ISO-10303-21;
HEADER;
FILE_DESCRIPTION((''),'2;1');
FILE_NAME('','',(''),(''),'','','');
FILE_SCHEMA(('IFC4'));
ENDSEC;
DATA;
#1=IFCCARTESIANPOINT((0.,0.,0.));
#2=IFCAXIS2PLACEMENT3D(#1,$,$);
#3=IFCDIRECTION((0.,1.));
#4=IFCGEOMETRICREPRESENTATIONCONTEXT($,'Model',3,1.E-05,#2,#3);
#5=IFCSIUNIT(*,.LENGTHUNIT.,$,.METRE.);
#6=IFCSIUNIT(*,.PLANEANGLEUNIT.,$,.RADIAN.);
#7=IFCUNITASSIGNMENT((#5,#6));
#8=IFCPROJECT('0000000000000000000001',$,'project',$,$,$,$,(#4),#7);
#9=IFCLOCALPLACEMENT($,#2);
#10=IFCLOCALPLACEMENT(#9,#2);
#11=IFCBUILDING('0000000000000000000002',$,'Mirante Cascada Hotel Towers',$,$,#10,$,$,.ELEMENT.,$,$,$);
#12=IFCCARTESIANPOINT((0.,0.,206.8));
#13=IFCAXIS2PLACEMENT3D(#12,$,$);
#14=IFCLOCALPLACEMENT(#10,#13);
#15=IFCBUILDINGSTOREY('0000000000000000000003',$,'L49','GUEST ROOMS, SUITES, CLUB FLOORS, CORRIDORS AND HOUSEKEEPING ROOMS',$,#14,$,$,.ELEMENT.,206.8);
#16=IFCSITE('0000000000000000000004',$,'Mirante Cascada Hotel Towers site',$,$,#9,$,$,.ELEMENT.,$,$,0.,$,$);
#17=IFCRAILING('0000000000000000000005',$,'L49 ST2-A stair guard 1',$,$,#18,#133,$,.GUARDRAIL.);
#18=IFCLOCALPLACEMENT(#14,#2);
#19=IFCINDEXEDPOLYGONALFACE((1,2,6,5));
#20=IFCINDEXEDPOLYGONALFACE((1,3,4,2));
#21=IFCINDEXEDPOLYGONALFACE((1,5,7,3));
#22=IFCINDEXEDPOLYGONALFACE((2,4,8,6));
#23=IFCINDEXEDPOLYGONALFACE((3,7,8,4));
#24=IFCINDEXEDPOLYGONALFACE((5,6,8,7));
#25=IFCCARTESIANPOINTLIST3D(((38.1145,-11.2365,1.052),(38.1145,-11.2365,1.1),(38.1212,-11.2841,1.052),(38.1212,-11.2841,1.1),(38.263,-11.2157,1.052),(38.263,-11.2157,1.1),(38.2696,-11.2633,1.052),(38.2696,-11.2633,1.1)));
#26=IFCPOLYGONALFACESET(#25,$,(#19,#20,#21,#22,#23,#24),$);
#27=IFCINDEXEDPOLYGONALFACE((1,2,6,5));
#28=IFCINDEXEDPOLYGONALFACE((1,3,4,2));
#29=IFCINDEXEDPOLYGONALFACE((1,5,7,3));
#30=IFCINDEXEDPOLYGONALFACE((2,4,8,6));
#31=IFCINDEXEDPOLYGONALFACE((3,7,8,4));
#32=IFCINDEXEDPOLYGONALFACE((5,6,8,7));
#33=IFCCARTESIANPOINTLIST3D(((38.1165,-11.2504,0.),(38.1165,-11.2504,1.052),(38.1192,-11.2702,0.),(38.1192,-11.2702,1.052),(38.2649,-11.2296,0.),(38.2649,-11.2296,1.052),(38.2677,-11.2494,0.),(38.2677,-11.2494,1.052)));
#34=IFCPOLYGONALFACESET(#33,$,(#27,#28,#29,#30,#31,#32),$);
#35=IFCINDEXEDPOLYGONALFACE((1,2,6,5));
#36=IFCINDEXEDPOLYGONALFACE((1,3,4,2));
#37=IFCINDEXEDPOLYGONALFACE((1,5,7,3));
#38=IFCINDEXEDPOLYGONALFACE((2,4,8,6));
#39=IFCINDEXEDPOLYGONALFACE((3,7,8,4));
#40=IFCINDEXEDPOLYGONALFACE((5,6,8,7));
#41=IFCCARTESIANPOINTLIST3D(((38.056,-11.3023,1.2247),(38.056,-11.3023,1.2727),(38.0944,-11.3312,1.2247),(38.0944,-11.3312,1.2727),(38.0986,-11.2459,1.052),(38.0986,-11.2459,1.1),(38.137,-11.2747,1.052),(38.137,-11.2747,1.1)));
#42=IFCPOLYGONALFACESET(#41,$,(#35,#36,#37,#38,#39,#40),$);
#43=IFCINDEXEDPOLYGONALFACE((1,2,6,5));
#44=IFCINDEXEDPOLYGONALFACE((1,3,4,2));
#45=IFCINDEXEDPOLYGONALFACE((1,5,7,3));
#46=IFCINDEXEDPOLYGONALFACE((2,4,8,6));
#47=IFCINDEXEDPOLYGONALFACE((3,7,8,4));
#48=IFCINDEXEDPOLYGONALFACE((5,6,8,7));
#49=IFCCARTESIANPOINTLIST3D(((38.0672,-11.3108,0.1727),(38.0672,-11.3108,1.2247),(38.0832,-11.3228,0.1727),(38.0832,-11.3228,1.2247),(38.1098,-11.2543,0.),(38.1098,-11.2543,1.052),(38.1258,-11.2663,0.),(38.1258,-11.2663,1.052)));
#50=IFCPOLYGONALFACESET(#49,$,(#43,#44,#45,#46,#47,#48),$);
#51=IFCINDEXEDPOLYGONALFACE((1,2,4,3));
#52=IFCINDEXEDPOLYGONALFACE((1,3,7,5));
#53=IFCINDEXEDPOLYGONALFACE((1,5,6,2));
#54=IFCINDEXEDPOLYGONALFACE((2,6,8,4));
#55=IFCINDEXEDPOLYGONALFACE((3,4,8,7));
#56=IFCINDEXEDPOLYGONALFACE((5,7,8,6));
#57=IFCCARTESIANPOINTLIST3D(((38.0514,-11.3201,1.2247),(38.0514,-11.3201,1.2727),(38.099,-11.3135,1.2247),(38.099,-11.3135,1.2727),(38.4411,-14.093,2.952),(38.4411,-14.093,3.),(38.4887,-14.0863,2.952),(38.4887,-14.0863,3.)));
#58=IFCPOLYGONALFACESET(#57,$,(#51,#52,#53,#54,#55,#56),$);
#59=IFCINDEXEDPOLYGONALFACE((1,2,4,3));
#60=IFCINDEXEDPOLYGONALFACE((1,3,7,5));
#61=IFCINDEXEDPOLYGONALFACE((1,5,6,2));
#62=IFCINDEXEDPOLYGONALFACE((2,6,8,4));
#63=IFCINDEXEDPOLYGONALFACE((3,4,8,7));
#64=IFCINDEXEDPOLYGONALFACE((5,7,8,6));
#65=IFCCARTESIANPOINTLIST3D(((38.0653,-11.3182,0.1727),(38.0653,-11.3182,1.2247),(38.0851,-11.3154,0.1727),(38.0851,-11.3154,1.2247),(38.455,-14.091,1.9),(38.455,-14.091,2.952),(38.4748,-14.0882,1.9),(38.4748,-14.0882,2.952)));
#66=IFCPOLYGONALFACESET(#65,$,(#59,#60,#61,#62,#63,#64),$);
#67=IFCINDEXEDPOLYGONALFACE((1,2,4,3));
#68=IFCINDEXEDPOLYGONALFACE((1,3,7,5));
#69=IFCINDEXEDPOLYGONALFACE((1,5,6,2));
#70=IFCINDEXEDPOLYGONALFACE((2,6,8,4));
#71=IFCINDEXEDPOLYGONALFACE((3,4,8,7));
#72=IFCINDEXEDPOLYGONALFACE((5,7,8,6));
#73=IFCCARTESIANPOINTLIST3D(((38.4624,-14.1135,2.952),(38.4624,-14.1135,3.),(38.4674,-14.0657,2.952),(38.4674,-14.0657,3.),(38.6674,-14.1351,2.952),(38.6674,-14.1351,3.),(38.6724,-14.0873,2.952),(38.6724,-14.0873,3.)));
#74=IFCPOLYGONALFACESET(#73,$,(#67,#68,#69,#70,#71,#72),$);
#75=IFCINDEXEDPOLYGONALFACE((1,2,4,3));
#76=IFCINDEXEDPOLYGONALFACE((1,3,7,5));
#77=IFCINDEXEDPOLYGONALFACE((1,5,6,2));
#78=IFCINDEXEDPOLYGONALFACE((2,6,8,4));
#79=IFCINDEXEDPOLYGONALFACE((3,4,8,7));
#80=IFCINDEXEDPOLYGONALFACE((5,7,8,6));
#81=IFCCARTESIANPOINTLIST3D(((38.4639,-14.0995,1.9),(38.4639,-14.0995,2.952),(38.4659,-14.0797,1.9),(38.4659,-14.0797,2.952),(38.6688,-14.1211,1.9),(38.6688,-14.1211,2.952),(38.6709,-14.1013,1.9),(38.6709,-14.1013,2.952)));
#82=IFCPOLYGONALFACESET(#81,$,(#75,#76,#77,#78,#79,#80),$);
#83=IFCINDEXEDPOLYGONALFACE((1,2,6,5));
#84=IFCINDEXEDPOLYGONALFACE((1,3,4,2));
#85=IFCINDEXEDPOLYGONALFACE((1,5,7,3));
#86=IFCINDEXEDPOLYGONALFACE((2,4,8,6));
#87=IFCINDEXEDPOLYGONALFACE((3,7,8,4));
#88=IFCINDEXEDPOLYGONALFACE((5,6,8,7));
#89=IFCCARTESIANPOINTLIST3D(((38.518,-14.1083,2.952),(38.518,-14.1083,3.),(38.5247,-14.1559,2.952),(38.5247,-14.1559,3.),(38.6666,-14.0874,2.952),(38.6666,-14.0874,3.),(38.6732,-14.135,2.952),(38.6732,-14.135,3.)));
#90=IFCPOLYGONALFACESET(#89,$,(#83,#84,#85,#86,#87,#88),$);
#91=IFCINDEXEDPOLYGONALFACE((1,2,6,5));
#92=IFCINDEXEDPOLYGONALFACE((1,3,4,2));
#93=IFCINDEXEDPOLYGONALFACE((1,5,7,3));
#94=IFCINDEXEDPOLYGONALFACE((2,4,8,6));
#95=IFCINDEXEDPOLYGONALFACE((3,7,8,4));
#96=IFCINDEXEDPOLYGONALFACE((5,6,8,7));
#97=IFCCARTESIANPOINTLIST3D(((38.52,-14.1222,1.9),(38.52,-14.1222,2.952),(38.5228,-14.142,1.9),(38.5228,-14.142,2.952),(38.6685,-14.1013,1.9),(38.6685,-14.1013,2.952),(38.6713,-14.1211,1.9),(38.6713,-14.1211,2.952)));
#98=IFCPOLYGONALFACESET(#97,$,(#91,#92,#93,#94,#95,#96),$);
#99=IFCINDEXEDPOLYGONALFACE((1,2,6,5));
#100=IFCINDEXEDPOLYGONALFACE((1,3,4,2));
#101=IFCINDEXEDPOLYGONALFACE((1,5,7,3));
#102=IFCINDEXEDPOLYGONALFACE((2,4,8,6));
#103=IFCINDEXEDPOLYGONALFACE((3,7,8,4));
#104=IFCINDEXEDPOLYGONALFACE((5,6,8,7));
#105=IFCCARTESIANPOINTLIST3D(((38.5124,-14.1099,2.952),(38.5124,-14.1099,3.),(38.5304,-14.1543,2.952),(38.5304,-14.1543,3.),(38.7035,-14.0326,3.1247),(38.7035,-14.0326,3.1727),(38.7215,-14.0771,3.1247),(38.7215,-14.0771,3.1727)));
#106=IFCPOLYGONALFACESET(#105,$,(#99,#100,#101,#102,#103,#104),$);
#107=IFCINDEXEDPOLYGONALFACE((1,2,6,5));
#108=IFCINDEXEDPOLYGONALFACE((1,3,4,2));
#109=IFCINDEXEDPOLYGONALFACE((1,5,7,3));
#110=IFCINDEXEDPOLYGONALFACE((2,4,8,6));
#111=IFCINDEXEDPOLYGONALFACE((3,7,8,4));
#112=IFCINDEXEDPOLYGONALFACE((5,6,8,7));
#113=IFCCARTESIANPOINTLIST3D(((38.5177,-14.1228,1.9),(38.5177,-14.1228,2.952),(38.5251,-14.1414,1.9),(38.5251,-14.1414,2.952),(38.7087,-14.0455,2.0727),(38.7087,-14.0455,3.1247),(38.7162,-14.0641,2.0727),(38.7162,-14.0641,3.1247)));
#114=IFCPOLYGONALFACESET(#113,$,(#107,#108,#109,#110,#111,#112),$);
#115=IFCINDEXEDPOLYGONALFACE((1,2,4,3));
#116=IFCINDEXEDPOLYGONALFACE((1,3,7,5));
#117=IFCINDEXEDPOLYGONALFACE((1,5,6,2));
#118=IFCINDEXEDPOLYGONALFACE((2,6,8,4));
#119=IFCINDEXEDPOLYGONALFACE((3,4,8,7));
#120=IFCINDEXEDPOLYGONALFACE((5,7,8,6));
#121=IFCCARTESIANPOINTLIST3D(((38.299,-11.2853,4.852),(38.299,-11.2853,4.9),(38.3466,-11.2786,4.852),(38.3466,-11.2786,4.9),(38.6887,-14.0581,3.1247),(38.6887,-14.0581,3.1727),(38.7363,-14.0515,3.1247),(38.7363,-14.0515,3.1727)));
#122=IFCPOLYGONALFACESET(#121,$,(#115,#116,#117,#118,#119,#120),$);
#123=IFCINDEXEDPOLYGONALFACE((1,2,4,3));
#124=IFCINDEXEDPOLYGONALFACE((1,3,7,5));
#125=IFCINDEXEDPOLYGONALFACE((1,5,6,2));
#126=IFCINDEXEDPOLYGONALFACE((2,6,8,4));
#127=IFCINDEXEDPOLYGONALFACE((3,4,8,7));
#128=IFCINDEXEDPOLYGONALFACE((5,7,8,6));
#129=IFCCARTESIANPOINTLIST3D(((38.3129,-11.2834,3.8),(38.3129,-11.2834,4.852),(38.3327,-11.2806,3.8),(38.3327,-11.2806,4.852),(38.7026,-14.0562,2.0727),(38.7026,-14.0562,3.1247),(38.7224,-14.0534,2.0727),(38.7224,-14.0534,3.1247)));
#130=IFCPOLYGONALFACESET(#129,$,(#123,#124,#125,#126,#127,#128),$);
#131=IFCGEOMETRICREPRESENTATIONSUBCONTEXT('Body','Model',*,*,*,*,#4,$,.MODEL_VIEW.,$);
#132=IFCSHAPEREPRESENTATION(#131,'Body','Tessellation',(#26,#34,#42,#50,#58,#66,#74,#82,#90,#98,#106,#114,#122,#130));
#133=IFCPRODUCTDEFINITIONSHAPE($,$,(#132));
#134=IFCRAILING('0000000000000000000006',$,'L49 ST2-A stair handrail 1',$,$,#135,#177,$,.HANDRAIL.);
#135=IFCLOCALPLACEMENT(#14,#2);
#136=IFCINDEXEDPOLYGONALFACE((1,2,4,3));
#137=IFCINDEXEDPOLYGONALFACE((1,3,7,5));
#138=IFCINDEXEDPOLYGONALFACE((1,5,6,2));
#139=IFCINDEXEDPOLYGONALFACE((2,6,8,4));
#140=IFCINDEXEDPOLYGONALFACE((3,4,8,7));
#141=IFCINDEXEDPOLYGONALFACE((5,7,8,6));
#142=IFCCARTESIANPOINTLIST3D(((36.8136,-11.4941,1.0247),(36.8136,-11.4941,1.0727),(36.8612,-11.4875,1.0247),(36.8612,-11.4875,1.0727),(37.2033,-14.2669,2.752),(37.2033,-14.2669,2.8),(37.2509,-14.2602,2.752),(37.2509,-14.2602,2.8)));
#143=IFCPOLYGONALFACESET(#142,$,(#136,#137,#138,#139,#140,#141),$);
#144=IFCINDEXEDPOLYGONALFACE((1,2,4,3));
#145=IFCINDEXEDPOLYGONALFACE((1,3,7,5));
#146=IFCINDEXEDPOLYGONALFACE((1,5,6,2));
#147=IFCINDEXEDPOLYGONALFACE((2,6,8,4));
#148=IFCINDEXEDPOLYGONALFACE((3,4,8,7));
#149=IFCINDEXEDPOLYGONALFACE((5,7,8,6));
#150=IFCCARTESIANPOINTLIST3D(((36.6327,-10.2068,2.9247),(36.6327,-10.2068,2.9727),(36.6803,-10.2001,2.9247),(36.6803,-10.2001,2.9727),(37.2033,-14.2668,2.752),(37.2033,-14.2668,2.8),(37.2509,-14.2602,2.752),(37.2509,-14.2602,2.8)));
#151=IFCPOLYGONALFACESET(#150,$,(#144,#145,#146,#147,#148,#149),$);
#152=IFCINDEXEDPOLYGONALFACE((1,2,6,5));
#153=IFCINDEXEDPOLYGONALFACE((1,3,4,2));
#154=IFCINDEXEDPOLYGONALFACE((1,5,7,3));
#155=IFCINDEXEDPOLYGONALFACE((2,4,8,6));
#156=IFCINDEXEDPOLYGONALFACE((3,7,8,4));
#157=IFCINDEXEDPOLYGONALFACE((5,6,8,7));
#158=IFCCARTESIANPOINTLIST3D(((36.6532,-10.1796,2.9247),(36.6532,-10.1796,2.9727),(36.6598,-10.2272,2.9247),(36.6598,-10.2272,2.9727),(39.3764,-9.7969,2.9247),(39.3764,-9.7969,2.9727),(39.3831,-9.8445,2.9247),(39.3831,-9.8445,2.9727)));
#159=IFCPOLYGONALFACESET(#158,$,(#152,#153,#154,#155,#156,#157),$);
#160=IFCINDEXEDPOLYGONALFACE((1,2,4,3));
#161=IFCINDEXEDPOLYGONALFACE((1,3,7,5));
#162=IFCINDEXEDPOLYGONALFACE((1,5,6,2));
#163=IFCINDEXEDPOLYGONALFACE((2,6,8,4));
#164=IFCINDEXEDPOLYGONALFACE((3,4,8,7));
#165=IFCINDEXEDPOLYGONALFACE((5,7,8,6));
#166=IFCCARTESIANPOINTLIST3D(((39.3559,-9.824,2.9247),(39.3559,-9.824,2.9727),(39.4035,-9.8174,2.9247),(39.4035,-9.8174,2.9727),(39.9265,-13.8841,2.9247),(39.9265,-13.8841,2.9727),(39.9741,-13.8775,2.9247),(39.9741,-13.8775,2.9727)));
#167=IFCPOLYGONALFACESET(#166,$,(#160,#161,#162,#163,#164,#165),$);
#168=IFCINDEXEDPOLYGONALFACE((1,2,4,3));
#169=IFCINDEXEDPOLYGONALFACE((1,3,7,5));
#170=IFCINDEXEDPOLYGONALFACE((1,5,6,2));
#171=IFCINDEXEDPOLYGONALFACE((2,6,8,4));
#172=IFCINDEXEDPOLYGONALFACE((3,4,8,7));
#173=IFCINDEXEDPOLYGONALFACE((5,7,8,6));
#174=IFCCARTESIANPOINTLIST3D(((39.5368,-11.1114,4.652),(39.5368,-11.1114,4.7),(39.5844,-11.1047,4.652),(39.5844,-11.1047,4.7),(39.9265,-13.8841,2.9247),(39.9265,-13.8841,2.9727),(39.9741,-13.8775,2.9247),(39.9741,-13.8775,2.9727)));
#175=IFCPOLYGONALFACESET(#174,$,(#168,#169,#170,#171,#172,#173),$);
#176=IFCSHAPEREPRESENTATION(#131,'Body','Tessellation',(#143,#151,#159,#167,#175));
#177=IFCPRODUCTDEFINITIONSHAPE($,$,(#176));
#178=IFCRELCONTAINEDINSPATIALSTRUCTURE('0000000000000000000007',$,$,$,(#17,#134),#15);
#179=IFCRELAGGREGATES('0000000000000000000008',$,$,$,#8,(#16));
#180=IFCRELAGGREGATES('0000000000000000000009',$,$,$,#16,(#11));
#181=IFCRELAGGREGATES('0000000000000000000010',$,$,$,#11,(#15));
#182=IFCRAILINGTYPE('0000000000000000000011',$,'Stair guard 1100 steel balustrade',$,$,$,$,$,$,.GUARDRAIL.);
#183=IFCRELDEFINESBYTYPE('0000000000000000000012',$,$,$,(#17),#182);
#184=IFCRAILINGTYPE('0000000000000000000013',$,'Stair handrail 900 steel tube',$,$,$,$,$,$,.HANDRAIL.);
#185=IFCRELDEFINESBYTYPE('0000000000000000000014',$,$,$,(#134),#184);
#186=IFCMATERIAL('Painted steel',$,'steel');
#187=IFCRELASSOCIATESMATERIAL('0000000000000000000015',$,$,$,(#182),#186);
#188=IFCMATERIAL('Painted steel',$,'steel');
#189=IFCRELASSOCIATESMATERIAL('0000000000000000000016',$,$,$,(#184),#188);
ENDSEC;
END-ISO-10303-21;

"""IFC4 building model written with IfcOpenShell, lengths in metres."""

from ifc_helpers import new_model, si_unit, direction, frame, origin, origin_2d, place, context, subcontext, project, spatial, rectangle, extrude, material, type_object, element, save


model = new_model("IFC4")

# Units and contexts
model_context = context("Model", 3, precision=1e-05, world=origin(), true_north=direction((0.0, 1.0)))
body_context = subcontext(model_context, "Body", "Model", "MODEL_VIEW")
ifc_project = project(units=[si_unit("LENGTHUNIT", "METRE"), si_unit("PLANEANGLEUNIT", "RADIAN")], contexts=[model_context])

# Site, building, storey
site_placement = place(None, origin())
site = spatial("IfcSite", under=ifc_project, at=site_placement, Name="Mirante Cascada Hotel Towers site", CompositionType="ELEMENT", RefElevation=0.0)
building_placement = place(site_placement, origin())
building = spatial("IfcBuilding", under=site, at=building_placement, Name="Mirante Cascada Hotel Towers", CompositionType="ELEMENT")
storey_placement = place(building_placement, frame((0.0, 0.0, 206.8)))
storey = spatial("IfcBuildingStorey", under=building, at=storey_placement, Name="L49", Description="GUEST ROOMS, SUITES, CLUB FLOORS, CORRIDORS AND HOUSEKEEPING ROOMS", CompositionType="ELEMENT", Elevation=206.8)

# Railings
ifc_material_1 = material(Name="Painted steel", Category="steel")
railing_type_1 = type_object("IfcRailingType", Name="Stair guard 1100 steel balustrade", PredefinedType="GUARDRAIL", material=ifc_material_1)
railing_1_placement = place(storey_placement, frame((38.2663, -11.2395, 0.0)))
element("IfcRailing", 1, at=railing_1_placement, inside=storey, type_object=railing_type_1, Name="L49 ST2-A stair guard 1", PredefinedType="GUARDRAIL", context=body_context, shape_type="SweptSolid", body=[
    extrude(rectangle(XDim=0.048, YDim=0.048, at=origin_2d()), frame((0.0, 0.0, 1.076), z_axis=(-0.990333, -0.138713, 0.0), x_axis=(0.138713, -0.990333, 0.0)), (0.0, 0.0, 1.0), 0.1499),
    extrude(rectangle(XDim=0.02, YDim=1.052, at=origin_2d()), frame((0.0, 0.0, 0.526), z_axis=(-0.990333, -0.138713, 0.0), x_axis=(0.138713, -0.990333, 0.0)), (0.0, 0.0, 1.0), 0.1499),
    extrude(rectangle(XDim=0.048, YDim=0.048, at=origin_2d()), frame((-0.1485, -0.0208, 1.076), z_axis=(-0.602033, -0.798471, 0.0), x_axis=(0.798471, -0.602033, 0.0)), (0.0, 0.92534, 0.379139), 0.1866),
    extrude(rectangle(XDim=0.02, YDim=1.052, at=origin_2d()), frame((-0.1485, -0.0208, 0.526), z_axis=(-0.602033, -0.798471, 0.0), x_axis=(0.798471, -0.602033, 0.0)), (0.0, 0.92534, 0.379139), 0.1866),
    extrude(rectangle(XDim=0.048, YDim=0.048, at=origin_2d()), frame((-0.1911, -0.0773, 1.2487), z_axis=(0.139176, -0.990268, 0.0), x_axis=(0.990268, 0.139176, 0.0)), (0.0, 0.525021, 0.851089), 3.29),
    extrude(rectangle(XDim=0.02, YDim=1.052, at=origin_2d()), frame((-0.1911, -0.0773, 0.6987), z_axis=(0.139176, -0.990268, 0.0), x_axis=(0.990268, 0.139176, 0.0)), (0.0, 0.525021, 0.851089), 3.29),
    extrude(rectangle(XDim=0.048, YDim=0.048, at=origin_2d()), frame((0.1986, -2.8501, 2.976), z_axis=(0.994495, -0.104786, 0.0), x_axis=(0.104786, 0.994495, 0.0)), (0.0, 0.0, 1.0), 0.2061),
    extrude(rectangle(XDim=0.02, YDim=1.052, at=origin_2d()), frame((0.1986, -2.8501, 2.426), z_axis=(0.994495, -0.104786, 0.0), x_axis=(0.104786, 0.994495, 0.0)), (0.0, 0.0, 1.0), 0.2061),
    extrude(rectangle(XDim=0.048, YDim=0.048, at=origin_2d()), frame((0.4036, -2.8717, 2.976), z_axis=(-0.990241, -0.139367, 0.0), x_axis=(0.139367, -0.990241, 0.0)), (0.0, 0.0, 1.0), 0.15),
    extrude(rectangle(XDim=0.02, YDim=1.052, at=origin_2d()), frame((0.4036, -2.8717, 2.426), z_axis=(-0.990241, -0.139367, 0.0), x_axis=(0.139367, -0.990241, 0.0)), (0.0, 0.0, 1.0), 0.15),
    extrude(rectangle(XDim=0.048, YDim=0.048, at=origin_2d()), frame((0.2551, -2.8926, 2.976), z_axis=(0.927031, 0.374984, 0.0), x_axis=(-0.374984, 0.927031, 0.0)), (0.0, 0.64219, 0.766545), 0.2689),
    extrude(rectangle(XDim=0.02, YDim=1.052, at=origin_2d()), frame((0.2551, -2.8926, 2.426), z_axis=(0.927031, 0.374984, 0.0), x_axis=(-0.374984, 0.927031, 0.0)), (0.0, 0.64219, 0.766545), 0.2689),
    extrude(rectangle(XDim=0.048, YDim=0.048, at=origin_2d()), frame((0.4462, -2.8153, 3.1487), z_axis=(-0.139176, 0.990268, 0.0), x_axis=(-0.990268, -0.139176, 0.0)), (0.0, 0.525021, 0.851089), 3.29),
    extrude(rectangle(XDim=0.02, YDim=1.052, at=origin_2d()), frame((0.4462, -2.8153, 2.5987), z_axis=(-0.139176, 0.990268, 0.0), x_axis=(-0.990268, -0.139176, 0.0)), (0.0, 0.525021, 0.851089), 3.29),
])
ifc_material_2 = material(Name="Painted steel", Category="steel")
railing_type_2 = type_object("IfcRailingType", Name="Stair handrail 900 steel tube", PredefinedType="HANDRAIL", material=ifc_material_2)
railing_2_placement = place(storey_placement, frame((36.8374, -11.4908, 0.1727)))
element("IfcRailing", 2, at=railing_2_placement, inside=storey, type_object=railing_type_2, Name="L49 ST2-A stair handrail 1", PredefinedType="HANDRAIL", context=body_context, shape_type="SweptSolid", body=[
    extrude(rectangle(XDim=0.048, YDim=0.048, at=origin_2d()), frame((0.0, 0.0, 0.876), z_axis=(0.139181, -0.990267, 0.0), x_axis=(0.990267, 0.139181, 0.0)), (0.0, 0.525035, 0.851081), 3.2899),
    extrude(rectangle(XDim=0.048, YDim=0.048, at=origin_2d()), frame((0.3897, -2.7727, 2.6033), z_axis=(-0.139171, 0.990268, 0.0), x_axis=(-0.990268, -0.139171, 0.0)), (0.0, 0.042085, 0.999114), 4.1036),
    extrude(rectangle(XDim=0.048, YDim=0.048, at=origin_2d()), frame((-0.1809, 1.2874, 2.776), z_axis=(0.990269, 0.139166, 0.0), x_axis=(-0.139166, 0.990269, 0.0)), (0.0, 0.0, 1.0), 2.75),
    extrude(rectangle(XDim=0.048, YDim=0.048, at=origin_2d()), frame((2.5423, 1.6701, 2.776), z_axis=(0.139171, -0.990268, 0.0), x_axis=(0.990268, 0.139171, 0.0)), (0.0, 0.0, 1.0), 4.1),
    extrude(rectangle(XDim=0.048, YDim=0.048, at=origin_2d()), frame((3.1129, -2.39, 2.776), z_axis=(-0.139181, 0.990267, 0.0), x_axis=(-0.990267, -0.139181, 0.0)), (0.0, 0.525035, 0.851081), 3.2899),
])

save(model, "model.ifc")
